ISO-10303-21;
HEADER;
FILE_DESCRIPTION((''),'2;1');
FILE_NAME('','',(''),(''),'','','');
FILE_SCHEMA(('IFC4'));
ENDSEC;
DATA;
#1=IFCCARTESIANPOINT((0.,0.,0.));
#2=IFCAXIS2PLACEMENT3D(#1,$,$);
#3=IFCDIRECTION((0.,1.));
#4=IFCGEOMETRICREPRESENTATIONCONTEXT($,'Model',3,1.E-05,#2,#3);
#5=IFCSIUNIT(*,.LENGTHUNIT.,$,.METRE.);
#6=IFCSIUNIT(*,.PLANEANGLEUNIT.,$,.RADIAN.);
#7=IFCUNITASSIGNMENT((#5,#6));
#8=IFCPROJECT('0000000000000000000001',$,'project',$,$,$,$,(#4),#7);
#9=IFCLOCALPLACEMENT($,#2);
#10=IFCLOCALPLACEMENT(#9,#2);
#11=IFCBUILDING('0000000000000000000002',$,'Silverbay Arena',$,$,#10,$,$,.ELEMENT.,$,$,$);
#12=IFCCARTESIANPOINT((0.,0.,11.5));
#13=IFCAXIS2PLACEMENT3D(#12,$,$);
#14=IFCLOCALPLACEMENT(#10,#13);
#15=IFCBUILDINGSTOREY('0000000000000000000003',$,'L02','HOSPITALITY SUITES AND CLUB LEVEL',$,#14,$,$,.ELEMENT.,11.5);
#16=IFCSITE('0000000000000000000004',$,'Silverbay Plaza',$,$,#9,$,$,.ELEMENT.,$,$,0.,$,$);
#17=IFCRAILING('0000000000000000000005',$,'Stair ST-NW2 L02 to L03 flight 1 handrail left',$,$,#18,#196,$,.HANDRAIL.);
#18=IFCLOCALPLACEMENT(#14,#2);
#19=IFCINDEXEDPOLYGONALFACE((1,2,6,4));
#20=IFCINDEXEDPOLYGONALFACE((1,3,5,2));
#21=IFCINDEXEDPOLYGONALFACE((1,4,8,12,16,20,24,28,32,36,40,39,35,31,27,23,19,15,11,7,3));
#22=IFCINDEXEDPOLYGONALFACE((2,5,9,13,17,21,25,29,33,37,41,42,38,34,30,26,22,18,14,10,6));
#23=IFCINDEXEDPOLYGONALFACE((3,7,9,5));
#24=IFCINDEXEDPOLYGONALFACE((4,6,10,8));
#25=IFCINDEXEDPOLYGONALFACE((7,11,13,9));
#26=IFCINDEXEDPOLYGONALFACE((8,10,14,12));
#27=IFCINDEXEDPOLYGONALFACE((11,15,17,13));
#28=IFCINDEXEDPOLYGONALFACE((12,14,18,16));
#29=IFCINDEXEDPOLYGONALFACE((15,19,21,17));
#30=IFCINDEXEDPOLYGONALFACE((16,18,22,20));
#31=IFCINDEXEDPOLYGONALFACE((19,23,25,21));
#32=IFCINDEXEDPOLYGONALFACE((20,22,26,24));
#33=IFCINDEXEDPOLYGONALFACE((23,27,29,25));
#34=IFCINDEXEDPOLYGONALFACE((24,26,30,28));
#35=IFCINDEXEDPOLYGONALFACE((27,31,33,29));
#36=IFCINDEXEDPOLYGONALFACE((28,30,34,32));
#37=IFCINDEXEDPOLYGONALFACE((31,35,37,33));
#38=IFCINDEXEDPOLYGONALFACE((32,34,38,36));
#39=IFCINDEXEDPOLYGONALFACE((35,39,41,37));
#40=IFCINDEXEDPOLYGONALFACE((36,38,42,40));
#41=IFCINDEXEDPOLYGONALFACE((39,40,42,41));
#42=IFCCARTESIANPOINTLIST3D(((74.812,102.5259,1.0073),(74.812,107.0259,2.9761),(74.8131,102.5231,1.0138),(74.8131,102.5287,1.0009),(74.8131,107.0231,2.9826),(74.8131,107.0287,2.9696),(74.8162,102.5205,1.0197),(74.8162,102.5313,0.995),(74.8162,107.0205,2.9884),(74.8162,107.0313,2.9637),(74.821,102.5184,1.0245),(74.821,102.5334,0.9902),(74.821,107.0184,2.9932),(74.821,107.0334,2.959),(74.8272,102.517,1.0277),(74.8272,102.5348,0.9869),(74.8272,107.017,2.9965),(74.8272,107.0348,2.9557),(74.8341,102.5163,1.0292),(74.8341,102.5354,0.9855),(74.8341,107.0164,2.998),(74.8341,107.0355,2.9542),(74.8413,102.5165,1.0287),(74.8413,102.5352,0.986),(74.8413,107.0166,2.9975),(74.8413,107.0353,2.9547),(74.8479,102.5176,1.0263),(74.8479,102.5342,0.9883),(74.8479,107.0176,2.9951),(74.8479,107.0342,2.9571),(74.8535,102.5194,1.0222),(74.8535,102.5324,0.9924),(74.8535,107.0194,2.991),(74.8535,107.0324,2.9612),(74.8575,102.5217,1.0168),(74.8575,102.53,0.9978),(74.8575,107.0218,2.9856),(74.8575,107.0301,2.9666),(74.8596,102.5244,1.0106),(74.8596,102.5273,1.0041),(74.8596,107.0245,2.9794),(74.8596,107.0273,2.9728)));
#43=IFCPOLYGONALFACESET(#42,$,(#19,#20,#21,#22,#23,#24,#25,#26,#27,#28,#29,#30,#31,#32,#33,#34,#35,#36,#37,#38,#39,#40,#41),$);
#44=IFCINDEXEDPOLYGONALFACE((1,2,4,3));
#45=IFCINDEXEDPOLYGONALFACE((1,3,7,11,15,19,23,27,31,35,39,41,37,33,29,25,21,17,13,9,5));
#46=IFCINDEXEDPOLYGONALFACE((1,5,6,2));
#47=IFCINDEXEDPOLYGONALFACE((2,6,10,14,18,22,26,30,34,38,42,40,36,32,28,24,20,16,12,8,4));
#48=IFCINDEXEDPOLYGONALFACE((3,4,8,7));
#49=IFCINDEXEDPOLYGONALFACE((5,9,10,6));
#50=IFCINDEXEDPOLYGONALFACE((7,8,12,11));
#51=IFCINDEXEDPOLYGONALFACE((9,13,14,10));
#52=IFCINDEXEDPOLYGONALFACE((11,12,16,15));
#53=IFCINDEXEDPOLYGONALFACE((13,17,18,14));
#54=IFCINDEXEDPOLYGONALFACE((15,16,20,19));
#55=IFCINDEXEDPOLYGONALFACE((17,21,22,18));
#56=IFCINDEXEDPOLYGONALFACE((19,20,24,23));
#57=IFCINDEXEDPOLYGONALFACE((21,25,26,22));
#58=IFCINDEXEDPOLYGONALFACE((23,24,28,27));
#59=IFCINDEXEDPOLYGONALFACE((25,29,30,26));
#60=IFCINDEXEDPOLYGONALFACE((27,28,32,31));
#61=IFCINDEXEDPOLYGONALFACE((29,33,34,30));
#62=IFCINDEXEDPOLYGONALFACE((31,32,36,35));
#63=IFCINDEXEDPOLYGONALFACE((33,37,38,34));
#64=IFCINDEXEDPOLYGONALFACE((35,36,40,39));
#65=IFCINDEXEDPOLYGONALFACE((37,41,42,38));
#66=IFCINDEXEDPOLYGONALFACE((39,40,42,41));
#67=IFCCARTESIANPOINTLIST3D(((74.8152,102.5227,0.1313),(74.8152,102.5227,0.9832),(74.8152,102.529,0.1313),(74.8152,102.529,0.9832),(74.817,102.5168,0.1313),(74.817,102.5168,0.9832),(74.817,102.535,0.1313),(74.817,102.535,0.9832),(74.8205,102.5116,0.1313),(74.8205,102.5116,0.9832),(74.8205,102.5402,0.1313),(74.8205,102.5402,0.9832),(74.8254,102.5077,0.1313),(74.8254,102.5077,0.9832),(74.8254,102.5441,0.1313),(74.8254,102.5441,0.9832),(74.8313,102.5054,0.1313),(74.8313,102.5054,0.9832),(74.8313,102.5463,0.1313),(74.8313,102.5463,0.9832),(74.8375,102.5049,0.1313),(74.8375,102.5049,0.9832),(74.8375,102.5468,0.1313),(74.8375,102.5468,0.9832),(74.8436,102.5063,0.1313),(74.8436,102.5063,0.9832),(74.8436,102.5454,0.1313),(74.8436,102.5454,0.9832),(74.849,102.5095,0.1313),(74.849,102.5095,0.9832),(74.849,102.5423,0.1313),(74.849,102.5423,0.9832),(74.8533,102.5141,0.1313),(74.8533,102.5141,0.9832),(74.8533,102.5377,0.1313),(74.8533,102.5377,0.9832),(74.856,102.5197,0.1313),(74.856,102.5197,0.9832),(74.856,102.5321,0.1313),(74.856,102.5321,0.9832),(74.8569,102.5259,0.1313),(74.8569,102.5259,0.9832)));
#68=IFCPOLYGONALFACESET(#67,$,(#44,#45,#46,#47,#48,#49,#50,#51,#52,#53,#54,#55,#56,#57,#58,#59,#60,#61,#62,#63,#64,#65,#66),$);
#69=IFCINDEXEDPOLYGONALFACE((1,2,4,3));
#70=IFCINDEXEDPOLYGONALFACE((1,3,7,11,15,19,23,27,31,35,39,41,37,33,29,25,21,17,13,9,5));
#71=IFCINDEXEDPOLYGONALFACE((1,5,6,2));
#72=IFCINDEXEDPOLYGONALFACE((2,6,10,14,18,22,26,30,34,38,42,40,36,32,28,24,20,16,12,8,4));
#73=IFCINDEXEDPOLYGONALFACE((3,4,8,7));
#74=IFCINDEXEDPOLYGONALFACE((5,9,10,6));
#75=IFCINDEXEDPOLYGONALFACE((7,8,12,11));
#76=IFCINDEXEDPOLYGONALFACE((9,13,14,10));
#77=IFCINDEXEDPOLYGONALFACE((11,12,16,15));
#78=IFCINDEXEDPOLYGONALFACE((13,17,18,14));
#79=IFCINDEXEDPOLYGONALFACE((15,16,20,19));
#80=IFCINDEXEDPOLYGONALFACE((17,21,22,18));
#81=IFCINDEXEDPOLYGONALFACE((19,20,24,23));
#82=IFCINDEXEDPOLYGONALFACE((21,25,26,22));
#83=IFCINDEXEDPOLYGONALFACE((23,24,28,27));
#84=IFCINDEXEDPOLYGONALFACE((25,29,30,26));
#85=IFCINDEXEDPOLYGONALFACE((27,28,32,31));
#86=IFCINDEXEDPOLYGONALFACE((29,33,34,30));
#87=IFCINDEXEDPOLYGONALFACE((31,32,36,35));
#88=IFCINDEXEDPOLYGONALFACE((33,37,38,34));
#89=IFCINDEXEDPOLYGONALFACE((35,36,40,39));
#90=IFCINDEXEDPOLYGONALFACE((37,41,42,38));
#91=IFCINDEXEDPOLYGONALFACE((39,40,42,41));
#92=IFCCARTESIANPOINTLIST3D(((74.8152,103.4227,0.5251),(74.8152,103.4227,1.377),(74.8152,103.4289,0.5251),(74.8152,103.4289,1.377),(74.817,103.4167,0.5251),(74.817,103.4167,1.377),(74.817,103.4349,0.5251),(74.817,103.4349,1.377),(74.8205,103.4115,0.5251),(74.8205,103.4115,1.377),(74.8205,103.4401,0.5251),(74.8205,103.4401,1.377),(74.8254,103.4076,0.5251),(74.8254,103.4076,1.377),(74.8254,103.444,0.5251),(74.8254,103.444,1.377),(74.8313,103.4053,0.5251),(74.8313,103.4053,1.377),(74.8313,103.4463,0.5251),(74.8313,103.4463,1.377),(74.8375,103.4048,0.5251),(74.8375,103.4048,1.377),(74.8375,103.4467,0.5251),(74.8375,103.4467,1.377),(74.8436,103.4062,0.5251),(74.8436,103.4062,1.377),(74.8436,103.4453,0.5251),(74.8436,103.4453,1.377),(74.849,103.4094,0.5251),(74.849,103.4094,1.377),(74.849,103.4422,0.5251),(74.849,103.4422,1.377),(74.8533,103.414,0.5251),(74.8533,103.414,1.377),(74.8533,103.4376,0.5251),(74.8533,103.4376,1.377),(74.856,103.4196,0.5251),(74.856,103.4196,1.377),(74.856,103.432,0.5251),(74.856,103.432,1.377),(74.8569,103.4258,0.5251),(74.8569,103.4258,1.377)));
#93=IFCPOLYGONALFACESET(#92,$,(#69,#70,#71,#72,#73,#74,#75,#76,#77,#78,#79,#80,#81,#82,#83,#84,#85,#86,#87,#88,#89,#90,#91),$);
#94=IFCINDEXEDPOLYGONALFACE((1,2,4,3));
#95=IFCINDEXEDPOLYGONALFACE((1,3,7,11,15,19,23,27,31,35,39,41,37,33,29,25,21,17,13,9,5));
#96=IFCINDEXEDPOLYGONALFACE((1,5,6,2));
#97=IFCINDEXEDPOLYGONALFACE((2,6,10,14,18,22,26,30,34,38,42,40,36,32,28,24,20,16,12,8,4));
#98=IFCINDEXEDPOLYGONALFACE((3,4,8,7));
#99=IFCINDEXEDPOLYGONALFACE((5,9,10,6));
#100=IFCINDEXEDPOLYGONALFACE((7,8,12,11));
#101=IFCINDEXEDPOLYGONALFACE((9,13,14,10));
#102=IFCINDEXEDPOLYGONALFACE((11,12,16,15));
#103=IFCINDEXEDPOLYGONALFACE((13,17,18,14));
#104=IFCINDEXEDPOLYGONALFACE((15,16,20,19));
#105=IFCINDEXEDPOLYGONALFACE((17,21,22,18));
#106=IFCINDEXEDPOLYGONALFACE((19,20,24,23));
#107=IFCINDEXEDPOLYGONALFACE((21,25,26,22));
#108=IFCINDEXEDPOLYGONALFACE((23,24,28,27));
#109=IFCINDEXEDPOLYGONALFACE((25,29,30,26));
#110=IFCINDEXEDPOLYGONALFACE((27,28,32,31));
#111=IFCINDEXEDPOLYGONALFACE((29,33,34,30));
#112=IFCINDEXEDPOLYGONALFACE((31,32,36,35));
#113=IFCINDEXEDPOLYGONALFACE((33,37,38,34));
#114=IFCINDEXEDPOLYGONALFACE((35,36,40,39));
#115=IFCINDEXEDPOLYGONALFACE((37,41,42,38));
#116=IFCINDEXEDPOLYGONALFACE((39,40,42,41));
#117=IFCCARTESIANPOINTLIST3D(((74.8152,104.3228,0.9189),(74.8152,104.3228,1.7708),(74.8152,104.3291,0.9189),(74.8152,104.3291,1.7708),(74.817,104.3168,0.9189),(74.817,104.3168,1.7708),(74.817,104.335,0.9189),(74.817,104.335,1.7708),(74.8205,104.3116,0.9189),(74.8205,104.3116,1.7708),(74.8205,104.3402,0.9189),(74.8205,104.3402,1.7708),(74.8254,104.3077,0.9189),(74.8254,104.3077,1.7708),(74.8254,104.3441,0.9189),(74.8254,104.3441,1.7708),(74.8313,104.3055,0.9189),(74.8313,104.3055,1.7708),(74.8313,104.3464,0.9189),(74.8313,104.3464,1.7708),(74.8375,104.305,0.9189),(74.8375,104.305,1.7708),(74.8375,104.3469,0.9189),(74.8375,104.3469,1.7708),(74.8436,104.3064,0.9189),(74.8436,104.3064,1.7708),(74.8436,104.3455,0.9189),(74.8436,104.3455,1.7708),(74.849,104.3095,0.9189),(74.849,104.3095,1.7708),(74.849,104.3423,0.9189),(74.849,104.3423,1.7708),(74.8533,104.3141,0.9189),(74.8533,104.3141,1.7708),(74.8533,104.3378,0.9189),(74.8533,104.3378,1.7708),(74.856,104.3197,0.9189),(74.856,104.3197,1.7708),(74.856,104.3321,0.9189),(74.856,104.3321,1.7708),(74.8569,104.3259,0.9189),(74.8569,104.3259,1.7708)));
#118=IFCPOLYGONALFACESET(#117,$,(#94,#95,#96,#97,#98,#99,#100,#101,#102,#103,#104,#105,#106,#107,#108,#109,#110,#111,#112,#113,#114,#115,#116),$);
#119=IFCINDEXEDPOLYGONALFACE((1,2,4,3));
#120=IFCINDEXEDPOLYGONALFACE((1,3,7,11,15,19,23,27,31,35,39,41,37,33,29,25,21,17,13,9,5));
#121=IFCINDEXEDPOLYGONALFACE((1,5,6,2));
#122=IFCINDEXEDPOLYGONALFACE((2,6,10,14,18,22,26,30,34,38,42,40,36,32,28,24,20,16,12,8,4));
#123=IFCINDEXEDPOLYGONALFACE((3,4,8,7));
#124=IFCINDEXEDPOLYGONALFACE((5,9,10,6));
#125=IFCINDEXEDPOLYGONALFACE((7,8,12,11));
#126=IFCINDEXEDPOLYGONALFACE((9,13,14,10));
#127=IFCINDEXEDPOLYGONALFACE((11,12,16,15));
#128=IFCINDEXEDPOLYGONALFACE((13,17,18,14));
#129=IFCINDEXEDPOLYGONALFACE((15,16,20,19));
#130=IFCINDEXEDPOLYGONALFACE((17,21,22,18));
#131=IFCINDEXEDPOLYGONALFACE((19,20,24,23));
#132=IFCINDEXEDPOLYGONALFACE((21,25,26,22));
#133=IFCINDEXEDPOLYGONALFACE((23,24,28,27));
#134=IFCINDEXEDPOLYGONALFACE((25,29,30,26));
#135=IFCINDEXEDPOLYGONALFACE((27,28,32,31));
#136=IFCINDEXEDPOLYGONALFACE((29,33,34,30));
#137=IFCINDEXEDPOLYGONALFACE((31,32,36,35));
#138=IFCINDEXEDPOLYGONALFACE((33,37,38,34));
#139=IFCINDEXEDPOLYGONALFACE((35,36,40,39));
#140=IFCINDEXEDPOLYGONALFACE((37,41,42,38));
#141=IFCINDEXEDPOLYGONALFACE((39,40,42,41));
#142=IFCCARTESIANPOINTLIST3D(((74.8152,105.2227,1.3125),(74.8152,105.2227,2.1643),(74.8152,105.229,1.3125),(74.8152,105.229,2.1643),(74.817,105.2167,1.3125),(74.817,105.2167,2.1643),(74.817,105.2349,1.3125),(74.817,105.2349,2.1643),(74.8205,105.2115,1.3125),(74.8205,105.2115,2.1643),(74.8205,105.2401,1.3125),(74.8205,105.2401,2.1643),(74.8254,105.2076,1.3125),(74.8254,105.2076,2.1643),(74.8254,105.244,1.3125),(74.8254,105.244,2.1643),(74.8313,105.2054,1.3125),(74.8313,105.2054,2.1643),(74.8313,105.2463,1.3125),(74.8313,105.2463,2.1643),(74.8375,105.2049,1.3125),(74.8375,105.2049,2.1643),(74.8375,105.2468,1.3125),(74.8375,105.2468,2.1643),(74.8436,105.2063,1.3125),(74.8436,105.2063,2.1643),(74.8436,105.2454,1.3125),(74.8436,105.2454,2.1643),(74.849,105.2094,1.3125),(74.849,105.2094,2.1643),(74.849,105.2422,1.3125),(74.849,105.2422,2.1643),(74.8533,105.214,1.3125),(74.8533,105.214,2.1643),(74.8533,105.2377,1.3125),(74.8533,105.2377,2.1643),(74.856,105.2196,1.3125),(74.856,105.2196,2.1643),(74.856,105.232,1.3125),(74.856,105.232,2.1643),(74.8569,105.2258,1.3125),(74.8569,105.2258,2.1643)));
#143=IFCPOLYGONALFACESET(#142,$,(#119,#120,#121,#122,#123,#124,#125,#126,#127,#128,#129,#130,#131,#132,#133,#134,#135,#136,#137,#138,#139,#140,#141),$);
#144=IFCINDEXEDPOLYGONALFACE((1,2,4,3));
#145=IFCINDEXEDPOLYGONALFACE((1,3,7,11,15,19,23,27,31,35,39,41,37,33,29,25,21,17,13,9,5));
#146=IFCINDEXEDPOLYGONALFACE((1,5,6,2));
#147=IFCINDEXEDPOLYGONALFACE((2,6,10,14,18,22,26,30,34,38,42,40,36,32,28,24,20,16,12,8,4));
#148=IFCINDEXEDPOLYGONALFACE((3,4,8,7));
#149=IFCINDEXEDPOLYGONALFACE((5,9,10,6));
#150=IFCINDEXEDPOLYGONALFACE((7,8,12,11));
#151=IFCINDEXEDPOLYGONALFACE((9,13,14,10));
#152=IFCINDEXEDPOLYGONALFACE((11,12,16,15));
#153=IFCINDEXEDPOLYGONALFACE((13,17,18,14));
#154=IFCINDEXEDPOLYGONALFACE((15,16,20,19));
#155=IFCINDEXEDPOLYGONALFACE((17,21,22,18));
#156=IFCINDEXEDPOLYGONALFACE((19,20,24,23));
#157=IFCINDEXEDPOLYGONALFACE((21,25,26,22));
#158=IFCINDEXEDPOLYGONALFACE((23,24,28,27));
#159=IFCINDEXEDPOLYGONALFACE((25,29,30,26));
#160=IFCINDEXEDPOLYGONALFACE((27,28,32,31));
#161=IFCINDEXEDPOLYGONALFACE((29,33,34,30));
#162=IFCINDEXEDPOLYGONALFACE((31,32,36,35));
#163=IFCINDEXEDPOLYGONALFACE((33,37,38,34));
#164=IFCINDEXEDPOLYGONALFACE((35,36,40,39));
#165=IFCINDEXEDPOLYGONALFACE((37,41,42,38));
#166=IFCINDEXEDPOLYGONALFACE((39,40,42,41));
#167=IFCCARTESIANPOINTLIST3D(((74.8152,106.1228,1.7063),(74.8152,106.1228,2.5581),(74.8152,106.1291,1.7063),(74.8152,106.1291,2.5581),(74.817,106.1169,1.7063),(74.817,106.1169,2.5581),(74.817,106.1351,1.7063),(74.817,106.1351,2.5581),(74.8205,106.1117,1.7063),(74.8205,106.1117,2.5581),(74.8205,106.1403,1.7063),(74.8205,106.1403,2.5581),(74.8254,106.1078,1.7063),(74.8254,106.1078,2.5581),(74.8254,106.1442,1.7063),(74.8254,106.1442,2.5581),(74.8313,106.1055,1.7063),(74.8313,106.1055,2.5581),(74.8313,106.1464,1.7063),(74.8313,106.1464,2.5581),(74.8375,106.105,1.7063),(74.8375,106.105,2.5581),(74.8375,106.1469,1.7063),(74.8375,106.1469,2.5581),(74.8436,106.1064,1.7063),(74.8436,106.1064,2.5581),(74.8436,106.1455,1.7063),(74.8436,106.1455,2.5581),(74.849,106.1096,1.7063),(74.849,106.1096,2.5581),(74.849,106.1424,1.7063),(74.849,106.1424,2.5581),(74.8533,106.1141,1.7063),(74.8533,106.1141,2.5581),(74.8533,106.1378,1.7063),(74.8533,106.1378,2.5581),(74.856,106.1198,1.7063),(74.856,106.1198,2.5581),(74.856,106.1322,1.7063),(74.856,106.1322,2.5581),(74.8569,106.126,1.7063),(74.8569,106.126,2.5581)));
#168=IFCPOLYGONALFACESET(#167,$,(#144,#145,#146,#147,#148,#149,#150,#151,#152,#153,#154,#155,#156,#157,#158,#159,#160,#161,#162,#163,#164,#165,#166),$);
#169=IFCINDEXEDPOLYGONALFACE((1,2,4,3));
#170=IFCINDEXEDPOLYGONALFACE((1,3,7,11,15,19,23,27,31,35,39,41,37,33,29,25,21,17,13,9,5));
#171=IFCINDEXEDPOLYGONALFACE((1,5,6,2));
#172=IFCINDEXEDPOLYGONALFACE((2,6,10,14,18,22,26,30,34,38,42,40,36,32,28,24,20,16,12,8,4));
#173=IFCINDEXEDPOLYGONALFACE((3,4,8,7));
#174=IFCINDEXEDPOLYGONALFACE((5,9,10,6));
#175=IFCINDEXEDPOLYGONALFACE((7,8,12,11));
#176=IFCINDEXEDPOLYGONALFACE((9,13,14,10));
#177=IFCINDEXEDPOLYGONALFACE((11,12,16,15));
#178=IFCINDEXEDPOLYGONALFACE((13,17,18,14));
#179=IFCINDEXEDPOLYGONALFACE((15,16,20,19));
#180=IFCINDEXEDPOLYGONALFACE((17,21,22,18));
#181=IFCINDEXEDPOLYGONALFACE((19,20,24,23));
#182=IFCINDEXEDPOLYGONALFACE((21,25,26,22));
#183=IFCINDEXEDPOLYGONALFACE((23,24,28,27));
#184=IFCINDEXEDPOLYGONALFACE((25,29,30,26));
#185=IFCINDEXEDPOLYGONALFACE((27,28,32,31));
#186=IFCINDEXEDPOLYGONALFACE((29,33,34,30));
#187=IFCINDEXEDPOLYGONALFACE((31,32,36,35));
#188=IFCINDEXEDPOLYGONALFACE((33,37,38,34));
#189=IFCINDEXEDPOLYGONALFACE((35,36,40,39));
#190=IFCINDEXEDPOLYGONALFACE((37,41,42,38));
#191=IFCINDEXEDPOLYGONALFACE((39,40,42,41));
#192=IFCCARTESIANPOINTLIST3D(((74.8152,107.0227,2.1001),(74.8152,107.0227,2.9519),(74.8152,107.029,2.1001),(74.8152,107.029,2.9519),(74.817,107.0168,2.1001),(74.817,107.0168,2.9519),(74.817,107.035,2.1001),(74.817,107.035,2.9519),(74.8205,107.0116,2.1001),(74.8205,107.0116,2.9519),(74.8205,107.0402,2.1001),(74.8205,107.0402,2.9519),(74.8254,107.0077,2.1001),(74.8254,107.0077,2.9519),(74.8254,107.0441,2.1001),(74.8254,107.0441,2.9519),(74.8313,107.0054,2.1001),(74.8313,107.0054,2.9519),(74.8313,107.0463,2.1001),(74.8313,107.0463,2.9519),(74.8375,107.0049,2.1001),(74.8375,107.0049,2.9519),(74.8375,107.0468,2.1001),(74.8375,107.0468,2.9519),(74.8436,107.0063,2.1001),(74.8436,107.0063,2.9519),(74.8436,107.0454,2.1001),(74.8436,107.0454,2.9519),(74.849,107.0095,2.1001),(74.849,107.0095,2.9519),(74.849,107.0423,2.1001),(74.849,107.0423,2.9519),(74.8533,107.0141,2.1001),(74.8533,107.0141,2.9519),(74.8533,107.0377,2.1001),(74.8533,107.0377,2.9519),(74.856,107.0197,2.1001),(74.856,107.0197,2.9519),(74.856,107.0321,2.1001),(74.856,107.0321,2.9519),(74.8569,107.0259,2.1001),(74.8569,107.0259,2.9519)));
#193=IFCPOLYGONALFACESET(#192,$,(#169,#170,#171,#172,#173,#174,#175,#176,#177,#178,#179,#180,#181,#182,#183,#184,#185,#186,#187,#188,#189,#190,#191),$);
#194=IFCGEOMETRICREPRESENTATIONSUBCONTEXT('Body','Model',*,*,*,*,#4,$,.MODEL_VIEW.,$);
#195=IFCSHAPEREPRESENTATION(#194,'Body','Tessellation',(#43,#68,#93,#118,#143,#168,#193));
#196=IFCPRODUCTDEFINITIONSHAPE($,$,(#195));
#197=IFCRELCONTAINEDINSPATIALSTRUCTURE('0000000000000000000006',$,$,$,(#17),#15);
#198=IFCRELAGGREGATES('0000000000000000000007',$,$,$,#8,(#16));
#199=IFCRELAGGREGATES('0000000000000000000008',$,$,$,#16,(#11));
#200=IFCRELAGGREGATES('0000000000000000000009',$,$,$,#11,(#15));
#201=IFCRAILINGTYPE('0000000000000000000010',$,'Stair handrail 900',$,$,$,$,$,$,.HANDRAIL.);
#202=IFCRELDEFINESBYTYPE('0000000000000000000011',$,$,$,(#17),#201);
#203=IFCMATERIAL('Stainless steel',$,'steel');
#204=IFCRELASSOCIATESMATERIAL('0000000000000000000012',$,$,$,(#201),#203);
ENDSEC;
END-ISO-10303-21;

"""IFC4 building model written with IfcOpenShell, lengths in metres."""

from ifc_helpers import new_model, si_unit, direction, frame, origin, origin_2d, place, context, subcontext, project, spatial, circle, extrude, material, type_object, element, save


model = new_model("IFC4")

# Units and contexts
model_context = context("Model", 3, precision=1e-05, world=origin(), true_north=direction((0.0, 1.0)))
body_context = subcontext(model_context, "Body", "Model", "MODEL_VIEW")
ifc_project = project(units=[si_unit("LENGTHUNIT", "METRE"), si_unit("PLANEANGLEUNIT", "RADIAN")], contexts=[model_context])

# Site, building, storey
site_placement = place(None, origin())
site = spatial("IfcSite", under=ifc_project, at=site_placement, Name="Silverbay Plaza", CompositionType="ELEMENT", RefElevation=0.0)
building_placement = place(site_placement, origin())
building = spatial("IfcBuilding", under=site, at=building_placement, Name="Silverbay Arena", CompositionType="ELEMENT")
storey_placement = place(building_placement, frame((0.0, 0.0, 11.5)))
storey = spatial("IfcBuildingStorey", under=building, at=storey_placement, Name="L02", Description="HOSPITALITY SUITES AND CLUB LEVEL", CompositionType="ELEMENT", Elevation=11.5)

# Railing
ifc_material_1 = material(Name="Stainless steel", Category="steel")
railing_type_1 = type_object("IfcRailingType", Name="Stair handrail 900", PredefinedType="HANDRAIL", material=ifc_material_1)
railing_1_placement = place(storey_placement, frame((74.8359, 102.5259, 0.1313)))
element("IfcRailing", 1, at=railing_1_placement, inside=storey, type_object=railing_type_1, Name="Stair ST-NW2 L02 to L03 flight 1 handrail left", PredefinedType="HANDRAIL", context=body_context, shape_type="SweptSolid", body=[
    extrude(circle(Radius=0.0239, at=origin_2d()), frame((0.0, 0.0, 0.876), z_axis=(0.0, 0.916157, 0.400819), x_axis=(-1.0, 0.0, 0.0)), (0.0, 0.0, 1.0), 4.9119),
    extrude(circle(Radius=0.021, at=origin_2d()), origin(), (0.0, 0.0, 1.0), 0.8518),
    extrude(circle(Radius=0.021, at=origin_2d()), frame((0.0, 0.8999, 0.3938)), (0.0, 0.0, 1.0), 0.8518),
    extrude(circle(Radius=0.021, at=origin_2d()), frame((0.0, 1.8, 0.7876)), (0.0, 0.0, 1.0), 0.8518),
    extrude(circle(Radius=0.021, at=origin_2d()), frame((0.0, 2.7, 1.1812)), (0.0, 0.0, 1.0), 0.8518),
    extrude(circle(Radius=0.021, at=origin_2d()), frame((0.0, 3.6001, 1.575)), (0.0, 0.0, 1.0), 0.8518),
    extrude(circle(Radius=0.021, at=origin_2d()), frame((0.0, 4.5, 1.9688)), (0.0, 0.0, 1.0), 0.8518),
])

save(model, "model.ifc")
